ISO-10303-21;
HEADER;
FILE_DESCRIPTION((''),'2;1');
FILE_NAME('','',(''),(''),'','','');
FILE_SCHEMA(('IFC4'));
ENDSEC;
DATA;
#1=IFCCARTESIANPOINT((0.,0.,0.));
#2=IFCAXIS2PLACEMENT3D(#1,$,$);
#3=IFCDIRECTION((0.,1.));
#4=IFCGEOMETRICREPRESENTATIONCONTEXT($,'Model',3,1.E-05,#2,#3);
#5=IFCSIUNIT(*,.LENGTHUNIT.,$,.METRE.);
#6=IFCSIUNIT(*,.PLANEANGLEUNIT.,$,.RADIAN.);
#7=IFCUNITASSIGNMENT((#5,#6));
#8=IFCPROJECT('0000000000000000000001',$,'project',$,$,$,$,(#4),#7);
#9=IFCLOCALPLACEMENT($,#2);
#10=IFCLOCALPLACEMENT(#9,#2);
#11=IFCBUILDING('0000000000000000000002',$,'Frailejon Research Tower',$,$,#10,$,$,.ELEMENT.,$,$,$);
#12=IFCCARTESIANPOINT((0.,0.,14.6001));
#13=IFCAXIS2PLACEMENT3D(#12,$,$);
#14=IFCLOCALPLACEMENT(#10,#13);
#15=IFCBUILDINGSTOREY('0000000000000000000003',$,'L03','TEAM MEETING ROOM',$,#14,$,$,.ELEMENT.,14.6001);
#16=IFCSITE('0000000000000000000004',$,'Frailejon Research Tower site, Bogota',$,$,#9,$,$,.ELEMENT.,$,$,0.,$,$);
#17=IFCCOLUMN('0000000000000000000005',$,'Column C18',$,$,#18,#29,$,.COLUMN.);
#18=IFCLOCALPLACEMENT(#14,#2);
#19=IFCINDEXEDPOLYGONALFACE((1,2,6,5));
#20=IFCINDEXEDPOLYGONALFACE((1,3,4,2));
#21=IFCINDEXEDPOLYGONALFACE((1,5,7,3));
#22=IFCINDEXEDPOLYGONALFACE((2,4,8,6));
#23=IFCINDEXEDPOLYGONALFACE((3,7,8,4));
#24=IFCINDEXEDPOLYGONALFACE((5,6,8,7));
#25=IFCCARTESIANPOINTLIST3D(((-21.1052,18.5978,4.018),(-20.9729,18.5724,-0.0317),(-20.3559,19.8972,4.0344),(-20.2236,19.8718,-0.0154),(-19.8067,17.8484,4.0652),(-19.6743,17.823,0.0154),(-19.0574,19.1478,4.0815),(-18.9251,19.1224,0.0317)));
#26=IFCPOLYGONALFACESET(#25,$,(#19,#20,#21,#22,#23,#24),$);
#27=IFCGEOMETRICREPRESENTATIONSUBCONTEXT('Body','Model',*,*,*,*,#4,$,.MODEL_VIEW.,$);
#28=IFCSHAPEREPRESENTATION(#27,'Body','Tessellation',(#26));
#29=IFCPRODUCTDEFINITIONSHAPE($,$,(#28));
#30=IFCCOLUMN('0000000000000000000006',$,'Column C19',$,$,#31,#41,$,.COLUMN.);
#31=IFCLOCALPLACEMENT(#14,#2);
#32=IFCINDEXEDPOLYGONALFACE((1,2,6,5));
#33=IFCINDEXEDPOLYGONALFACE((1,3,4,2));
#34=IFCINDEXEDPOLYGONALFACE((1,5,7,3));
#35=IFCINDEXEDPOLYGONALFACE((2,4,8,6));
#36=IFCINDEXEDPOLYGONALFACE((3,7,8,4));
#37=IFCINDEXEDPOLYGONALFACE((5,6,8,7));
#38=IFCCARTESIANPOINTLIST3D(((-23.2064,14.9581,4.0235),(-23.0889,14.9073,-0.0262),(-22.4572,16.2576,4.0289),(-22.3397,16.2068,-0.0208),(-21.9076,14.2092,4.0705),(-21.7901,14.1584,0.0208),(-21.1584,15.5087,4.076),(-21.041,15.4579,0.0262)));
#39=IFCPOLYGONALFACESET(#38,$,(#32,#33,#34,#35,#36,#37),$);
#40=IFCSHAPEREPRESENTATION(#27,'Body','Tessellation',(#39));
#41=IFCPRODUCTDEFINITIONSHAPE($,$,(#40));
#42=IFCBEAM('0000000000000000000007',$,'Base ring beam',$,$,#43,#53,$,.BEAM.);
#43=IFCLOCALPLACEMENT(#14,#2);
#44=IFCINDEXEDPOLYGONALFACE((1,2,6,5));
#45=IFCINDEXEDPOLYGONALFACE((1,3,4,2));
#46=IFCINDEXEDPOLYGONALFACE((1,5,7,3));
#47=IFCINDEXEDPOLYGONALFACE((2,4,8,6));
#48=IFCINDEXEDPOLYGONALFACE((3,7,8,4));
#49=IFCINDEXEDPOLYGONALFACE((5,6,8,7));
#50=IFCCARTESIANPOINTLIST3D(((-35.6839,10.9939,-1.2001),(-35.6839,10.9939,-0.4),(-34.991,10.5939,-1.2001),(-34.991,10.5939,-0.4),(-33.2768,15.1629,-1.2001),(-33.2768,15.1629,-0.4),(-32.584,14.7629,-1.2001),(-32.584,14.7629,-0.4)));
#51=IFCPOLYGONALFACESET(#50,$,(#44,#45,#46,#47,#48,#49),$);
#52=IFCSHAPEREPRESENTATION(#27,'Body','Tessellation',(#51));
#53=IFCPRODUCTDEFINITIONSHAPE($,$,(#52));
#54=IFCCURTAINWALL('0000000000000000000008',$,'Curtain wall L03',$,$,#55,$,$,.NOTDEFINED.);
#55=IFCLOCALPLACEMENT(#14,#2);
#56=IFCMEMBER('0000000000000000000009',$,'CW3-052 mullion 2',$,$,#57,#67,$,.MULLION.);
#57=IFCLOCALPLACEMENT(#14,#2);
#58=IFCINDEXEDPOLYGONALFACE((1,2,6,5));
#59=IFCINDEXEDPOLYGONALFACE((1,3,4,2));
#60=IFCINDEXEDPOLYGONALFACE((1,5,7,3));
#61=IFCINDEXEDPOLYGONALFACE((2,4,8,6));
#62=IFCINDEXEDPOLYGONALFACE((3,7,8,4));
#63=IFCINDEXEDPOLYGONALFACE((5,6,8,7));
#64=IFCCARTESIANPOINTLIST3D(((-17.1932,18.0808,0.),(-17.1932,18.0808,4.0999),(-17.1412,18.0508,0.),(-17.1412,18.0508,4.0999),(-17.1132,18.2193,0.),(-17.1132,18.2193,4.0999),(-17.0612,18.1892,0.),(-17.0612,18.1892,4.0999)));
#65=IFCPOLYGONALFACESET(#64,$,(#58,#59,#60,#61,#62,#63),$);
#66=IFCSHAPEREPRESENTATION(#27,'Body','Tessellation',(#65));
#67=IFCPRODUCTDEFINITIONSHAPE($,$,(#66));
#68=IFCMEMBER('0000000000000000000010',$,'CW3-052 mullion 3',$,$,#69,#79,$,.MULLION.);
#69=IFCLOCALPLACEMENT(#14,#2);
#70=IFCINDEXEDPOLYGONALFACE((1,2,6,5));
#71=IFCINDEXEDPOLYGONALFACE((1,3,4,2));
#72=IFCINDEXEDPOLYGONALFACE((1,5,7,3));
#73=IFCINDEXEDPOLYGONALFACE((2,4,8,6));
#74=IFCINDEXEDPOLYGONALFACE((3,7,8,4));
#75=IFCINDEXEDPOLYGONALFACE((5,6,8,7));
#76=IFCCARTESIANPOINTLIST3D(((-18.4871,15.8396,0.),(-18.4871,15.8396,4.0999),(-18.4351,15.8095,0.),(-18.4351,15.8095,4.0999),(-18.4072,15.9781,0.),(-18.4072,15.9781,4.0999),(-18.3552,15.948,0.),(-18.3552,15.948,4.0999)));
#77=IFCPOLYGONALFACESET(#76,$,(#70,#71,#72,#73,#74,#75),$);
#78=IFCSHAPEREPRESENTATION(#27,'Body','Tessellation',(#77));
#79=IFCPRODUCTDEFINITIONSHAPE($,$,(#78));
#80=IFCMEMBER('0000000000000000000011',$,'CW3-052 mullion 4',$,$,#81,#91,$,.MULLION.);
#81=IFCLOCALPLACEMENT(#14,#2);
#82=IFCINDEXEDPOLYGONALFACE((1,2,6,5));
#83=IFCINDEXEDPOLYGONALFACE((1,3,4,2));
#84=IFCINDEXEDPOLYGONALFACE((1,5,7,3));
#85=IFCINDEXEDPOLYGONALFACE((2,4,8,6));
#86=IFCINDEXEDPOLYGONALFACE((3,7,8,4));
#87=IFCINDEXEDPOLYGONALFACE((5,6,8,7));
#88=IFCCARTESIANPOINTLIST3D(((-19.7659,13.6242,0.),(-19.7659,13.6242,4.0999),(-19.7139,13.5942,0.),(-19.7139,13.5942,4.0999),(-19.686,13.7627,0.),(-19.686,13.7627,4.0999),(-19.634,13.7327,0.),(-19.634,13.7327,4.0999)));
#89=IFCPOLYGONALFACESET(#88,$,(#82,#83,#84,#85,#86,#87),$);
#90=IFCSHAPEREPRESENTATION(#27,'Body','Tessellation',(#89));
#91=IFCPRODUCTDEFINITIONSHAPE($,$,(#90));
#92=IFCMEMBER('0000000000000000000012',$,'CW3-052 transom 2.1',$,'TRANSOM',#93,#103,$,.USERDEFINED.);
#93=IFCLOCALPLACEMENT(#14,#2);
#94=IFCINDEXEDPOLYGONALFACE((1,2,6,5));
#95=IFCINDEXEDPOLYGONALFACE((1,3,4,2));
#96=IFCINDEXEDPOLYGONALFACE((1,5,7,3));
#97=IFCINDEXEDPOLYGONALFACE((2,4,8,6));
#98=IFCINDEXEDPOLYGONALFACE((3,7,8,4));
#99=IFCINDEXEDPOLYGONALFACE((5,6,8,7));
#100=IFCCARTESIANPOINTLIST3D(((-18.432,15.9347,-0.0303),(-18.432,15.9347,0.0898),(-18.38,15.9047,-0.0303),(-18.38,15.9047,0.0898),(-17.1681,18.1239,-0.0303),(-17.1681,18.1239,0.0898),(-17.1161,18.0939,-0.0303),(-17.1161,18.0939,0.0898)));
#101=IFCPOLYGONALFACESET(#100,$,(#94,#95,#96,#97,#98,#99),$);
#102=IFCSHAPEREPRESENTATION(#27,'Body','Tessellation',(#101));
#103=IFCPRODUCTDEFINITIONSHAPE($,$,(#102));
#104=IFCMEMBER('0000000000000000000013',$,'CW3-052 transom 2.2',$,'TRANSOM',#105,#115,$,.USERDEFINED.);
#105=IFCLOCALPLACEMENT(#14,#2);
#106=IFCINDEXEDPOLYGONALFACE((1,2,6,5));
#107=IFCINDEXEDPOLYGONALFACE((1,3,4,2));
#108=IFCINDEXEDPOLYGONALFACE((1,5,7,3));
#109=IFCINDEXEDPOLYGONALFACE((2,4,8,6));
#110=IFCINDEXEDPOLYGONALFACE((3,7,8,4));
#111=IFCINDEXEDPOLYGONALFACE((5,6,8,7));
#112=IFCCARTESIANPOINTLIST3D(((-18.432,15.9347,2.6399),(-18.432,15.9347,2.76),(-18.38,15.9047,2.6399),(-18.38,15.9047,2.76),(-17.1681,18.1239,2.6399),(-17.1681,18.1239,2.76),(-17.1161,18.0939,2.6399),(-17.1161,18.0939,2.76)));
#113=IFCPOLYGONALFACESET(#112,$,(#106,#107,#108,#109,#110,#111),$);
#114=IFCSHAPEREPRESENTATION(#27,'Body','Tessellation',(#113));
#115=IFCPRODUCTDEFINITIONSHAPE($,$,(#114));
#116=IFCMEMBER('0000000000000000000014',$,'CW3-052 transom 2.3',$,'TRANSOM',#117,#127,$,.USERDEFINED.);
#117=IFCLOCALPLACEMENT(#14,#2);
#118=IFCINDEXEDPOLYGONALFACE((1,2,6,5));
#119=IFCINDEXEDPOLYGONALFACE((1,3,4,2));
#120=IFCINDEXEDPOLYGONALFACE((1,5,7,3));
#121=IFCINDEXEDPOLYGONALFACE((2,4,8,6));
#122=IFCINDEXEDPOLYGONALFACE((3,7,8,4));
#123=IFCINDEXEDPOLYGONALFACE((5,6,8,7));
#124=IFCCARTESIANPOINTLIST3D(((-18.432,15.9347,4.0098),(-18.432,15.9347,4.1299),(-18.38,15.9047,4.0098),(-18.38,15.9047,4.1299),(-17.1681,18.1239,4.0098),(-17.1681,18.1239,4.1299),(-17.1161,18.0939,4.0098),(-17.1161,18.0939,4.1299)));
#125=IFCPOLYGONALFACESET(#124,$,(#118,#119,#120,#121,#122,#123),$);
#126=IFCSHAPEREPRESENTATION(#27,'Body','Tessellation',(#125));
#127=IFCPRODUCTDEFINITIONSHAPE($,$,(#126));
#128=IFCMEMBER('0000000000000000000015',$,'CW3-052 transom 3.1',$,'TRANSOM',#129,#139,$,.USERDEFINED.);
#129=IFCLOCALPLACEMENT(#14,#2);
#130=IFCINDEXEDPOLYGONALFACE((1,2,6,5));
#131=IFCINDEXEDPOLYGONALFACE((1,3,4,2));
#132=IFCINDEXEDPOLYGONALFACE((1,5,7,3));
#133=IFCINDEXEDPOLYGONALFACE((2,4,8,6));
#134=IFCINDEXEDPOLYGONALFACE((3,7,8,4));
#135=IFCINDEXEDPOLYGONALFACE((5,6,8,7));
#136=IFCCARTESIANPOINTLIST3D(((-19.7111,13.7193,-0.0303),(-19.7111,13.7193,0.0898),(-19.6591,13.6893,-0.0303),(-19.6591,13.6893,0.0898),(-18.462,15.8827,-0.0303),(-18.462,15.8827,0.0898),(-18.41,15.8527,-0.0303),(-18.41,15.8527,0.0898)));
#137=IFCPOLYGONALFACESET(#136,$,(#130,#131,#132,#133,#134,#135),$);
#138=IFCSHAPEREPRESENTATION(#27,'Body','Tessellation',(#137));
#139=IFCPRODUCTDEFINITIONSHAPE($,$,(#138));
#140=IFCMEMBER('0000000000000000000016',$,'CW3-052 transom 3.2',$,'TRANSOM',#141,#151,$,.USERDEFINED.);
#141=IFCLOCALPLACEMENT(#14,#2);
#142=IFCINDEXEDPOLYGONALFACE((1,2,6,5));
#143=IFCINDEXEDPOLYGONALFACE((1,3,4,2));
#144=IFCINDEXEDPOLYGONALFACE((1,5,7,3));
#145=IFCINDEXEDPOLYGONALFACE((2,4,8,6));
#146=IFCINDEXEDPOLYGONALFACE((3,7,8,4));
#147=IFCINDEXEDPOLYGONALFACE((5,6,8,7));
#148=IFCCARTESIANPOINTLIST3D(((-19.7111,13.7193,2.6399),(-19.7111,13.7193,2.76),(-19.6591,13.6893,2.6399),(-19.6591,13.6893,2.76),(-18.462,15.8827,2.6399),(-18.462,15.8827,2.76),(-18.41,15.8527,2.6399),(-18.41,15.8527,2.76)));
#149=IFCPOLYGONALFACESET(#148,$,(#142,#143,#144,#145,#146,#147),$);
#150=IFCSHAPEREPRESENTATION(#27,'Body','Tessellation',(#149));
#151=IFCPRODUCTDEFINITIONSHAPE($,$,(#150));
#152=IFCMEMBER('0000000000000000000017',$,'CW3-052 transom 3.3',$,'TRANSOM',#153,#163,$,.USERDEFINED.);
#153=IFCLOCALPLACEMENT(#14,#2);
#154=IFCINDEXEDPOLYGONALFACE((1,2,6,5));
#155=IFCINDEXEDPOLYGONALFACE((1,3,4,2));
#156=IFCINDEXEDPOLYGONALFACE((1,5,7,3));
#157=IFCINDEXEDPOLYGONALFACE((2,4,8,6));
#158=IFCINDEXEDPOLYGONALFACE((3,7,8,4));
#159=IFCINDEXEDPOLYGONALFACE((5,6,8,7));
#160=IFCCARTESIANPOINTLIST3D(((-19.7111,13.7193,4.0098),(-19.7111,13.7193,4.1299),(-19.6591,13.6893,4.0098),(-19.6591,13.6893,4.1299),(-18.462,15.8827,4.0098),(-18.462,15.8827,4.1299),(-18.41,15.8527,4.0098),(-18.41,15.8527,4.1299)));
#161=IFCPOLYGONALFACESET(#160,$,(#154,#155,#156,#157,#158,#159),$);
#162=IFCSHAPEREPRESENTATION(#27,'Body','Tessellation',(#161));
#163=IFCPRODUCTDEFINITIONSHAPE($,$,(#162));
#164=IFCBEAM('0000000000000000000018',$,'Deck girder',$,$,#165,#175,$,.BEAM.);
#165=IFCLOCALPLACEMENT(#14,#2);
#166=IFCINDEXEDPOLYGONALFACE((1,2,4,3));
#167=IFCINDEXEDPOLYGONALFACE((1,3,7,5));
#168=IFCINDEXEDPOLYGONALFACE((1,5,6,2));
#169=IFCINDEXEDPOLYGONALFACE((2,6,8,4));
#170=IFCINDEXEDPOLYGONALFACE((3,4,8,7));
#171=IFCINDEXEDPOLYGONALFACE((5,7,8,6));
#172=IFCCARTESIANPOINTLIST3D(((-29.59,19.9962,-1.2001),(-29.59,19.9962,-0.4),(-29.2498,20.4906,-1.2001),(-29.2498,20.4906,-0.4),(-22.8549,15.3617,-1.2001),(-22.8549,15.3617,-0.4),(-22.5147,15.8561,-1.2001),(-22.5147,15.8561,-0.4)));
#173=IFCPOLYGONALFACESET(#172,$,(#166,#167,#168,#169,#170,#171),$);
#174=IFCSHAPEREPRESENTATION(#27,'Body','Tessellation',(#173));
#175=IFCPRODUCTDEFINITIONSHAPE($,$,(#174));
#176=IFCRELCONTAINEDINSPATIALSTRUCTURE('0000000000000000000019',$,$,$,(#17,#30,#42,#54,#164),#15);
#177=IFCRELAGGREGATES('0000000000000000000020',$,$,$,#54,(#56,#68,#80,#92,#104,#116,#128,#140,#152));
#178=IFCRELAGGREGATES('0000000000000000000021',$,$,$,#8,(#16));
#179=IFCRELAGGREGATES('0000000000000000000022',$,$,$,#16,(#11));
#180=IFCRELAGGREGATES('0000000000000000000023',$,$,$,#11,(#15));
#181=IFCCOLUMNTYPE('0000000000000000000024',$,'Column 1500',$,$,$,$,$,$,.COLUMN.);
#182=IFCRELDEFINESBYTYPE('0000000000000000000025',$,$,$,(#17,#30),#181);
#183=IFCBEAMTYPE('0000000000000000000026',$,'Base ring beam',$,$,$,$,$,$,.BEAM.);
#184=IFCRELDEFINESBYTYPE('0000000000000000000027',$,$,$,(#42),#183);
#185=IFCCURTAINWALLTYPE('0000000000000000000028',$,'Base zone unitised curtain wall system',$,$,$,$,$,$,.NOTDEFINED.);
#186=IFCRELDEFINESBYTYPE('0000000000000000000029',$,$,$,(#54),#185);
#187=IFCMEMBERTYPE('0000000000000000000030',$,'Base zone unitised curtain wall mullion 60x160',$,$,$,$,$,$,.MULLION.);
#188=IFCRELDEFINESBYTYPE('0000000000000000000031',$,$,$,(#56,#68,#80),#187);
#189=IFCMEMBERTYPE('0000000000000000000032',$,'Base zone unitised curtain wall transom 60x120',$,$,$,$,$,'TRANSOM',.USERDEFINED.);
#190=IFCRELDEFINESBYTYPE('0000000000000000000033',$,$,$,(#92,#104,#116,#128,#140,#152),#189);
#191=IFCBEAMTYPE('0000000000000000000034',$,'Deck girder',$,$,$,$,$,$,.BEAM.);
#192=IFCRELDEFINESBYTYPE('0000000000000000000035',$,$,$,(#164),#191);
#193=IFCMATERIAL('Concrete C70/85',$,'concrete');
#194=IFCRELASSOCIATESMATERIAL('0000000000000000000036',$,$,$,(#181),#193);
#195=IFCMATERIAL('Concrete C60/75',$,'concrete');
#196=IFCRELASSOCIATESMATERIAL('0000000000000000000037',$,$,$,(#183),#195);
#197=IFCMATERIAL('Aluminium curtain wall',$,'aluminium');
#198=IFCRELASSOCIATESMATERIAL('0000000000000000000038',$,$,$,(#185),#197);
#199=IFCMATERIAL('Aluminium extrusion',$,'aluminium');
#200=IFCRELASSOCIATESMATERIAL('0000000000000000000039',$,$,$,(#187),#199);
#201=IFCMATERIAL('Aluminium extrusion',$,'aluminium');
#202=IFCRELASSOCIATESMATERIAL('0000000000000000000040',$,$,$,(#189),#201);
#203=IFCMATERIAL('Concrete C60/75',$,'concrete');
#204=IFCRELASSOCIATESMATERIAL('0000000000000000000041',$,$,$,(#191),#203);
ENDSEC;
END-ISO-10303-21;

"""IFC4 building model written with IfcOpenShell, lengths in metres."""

from ifc_helpers import new_model, si_unit, direction, frame, origin, origin_2d, place, context, subcontext, project, spatial, rectangle, extrude, material, material_profile, profile_set, type_object, element, aggregate, save


model = new_model("IFC4")

# Units and contexts
model_context = context("Model", 3, precision=1e-05, world=origin(), true_north=direction((0.0, 1.0)))
body_context = subcontext(model_context, "Body", "Model", "MODEL_VIEW")
ifc_project = project(units=[si_unit("LENGTHUNIT", "METRE"), si_unit("PLANEANGLEUNIT", "RADIAN")], contexts=[model_context])

# Site, building, storey
site_placement = place(None, origin())
site = spatial("IfcSite", under=ifc_project, at=site_placement, Name="Frailejon Research Tower site, Bogota", CompositionType="ELEMENT", RefElevation=0.0)
building_placement = place(site_placement, origin())
building = spatial("IfcBuilding", under=site, at=building_placement, Name="Frailejon Research Tower", CompositionType="ELEMENT")
storey_placement = place(building_placement, frame((0.0, 0.0, 14.6001)))
storey = spatial("IfcBuildingStorey", under=building, at=storey_placement, Name="L03", Description="TEAM MEETING ROOM", CompositionType="ELEMENT", Elevation=14.6001)

# Columns
ifc_material_1 = material(Name="Concrete C70/85", Category="concrete")
ifc_material_profile_1 = material_profile(ifc_material_1, rectangle(XDim=1.5, YDim=1.5, at=origin_2d()), Name="Column 1500")
ifc_profile_set_1 = profile_set([ifc_material_profile_1], Name="Concrete C70/85")
column_type = type_object("IfcColumnType", Name="Column 1500", PredefinedType="COLUMN", material=ifc_profile_set_1)
column_1_placement = place(storey_placement, frame((-19.949, 18.8474, 0.0), z_axis=(-0.032656, 0.006266, 0.999447), x_axis=(-0.49952, -0.866234, -0.01089)))
element("IfcColumn", 1, at=column_1_placement, inside=storey, type_object=column_type, Name="Column C18", PredefinedType="COLUMN", context=body_context, shape_type="SweptSolid", body=[
    extrude(rectangle(XDim=1.5, YDim=1.5, at=origin_2d()), origin(), (0.0, 0.0, 1.0), 4.052),
])
column_2_placement = place(storey_placement, frame((-22.0649, 15.1826, 0.0), z_axis=(-0.028982, 0.012533, 0.999501), x_axis=(-0.49945, -0.866335, -0.003619)))
element("IfcColumn", 2, at=column_2_placement, inside=storey, type_object=column_type, Name="Column C19", PredefinedType="COLUMN", context=body_context, shape_type="SweptSolid", body=[
    extrude(rectangle(XDim=1.5, YDim=1.5, at=origin_2d()), origin(), (0.0, 0.0, 1.0), 4.0518),
])

# Beam
ifc_material_2 = material(Name="Concrete C60/75", Category="concrete")
ifc_material_profile_2 = material_profile(ifc_material_2, rectangle(XDim=0.8, YDim=0.8, at=origin_2d()), Name="Base ring beam")
ifc_profile_set_2 = profile_set([ifc_material_profile_2], Name="Concrete C60/75")
beam_type_1 = type_object("IfcBeamType", Name="Base ring beam", PredefinedType="BEAM", material=ifc_profile_set_2)
beam_1_placement = place(storey_placement, frame((-32.9304, 14.9629, -0.8), z_axis=(-0.500006, -0.866022, 0.0), x_axis=(0.866022, -0.500006, 0.0)))
element("IfcBeam", 3, at=beam_1_placement, inside=storey, type_object=beam_type_1, Name="Base ring beam", PredefinedType="BEAM", context=body_context, shape_type="SweptSolid", body=[
    extrude(rectangle(XDim=0.8, YDim=0.8, at=origin_2d()), origin(), (0.0, 0.0, 1.0), 4.814),
])

# Curtain wall, members
ifc_material_3 = material(Name="Aluminium curtain wall", Category="aluminium")
curtain_wall_type = type_object("IfcCurtainWallType", Name="Base zone unitised curtain wall system", PredefinedType="NOTDEFINED", material=ifc_material_3)
curtain_wall_placement = place(storey_placement, origin())
curtain_wall = element("IfcCurtainWall", 4, at=curtain_wall_placement, inside=storey, type_object=curtain_wall_type, Name="Curtain wall L03", PredefinedType="NOTDEFINED")
ifc_material_4 = material(Name="Aluminium extrusion", Category="aluminium")
ifc_material_profile_3 = material_profile(ifc_material_4, rectangle(XDim=0.0601, YDim=0.1599, at=origin_2d()), Name="Base zone unitised curtain wall mullion 60x160")
ifc_profile_set_3 = profile_set([ifc_material_profile_3], Name="Aluminium extrusion")
member_type_1 = type_object("IfcMemberType", Name="Base zone unitised curtain wall mullion 60x160", PredefinedType="MULLION", material=ifc_profile_set_3)
member_1_placement = place(storey_placement, frame((-17.1272, 18.135, 0.0), z_axis=(0.0, 0.0, 1.0), x_axis=(0.866029, -0.499993, 0.0)))
member_1 = element("IfcMember", 5, at=member_1_placement, type_object=member_type_1, Name="CW3-052 mullion 2", PredefinedType="MULLION", context=body_context, shape_type="SweptSolid", body=[
    extrude(rectangle(XDim=0.0601, YDim=0.1599, at=origin_2d()), origin(), (0.0, 0.0, 1.0), 4.0999),
])
member_2_placement = place(storey_placement, frame((-18.4211, 15.8938, 0.0), z_axis=(0.0, 0.0, 1.0), x_axis=(0.866029, -0.499993, 0.0)))
member_2 = element("IfcMember", 6, at=member_2_placement, type_object=member_type_1, Name="CW3-052 mullion 3", PredefinedType="MULLION", context=body_context, shape_type="SweptSolid", body=[
    extrude(rectangle(XDim=0.0601, YDim=0.1599, at=origin_2d()), origin(), (0.0, 0.0, 1.0), 4.0999),
])
member_3_placement = place(storey_placement, frame((-19.7, 13.6785, 0.0), z_axis=(0.0, 0.0, 1.0), x_axis=(0.866029, -0.499993, 0.0)))
member_3 = element("IfcMember", 7, at=member_3_placement, type_object=member_type_1, Name="CW3-052 mullion 4", PredefinedType="MULLION", context=body_context, shape_type="SweptSolid", body=[
    extrude(rectangle(XDim=0.0601, YDim=0.1599, at=origin_2d()), origin(), (0.0, 0.0, 1.0), 4.0999),
])
ifc_material_5 = material(Name="Aluminium extrusion", Category="aluminium")
ifc_material_profile_4 = material_profile(ifc_material_5, rectangle(XDim=0.0601, YDim=0.1201, at=origin_2d()), Name="Base zone unitised curtain wall transom 60x120")
ifc_profile_set_4 = profile_set([ifc_material_profile_4], Name="Aluminium extrusion")
member_type_2 = type_object("IfcMemberType", Name="Base zone unitised curtain wall transom 60x120", ElementType="TRANSOM", PredefinedType="USERDEFINED", material=ifc_profile_set_4)
member_4_placement = place(storey_placement, frame((-17.1421, 18.1089, 0.0298), z_axis=(-0.499993, -0.86603, 0.0), x_axis=(0.86603, -0.499993, 0.0)))
member_4 = element("IfcMember", 8, at=member_4_placement, type_object=member_type_2, Name="CW3-052 transom 2.1", ObjectType="TRANSOM", PredefinedType="USERDEFINED", context=body_context, shape_type="SweptSolid", body=[
    extrude(rectangle(XDim=0.0601, YDim=0.1201, at=origin_2d()), origin(), (0.0, 0.0, 1.0), 2.5278),
])
member_5_placement = place(storey_placement, frame((-17.1421, 18.1089, 2.7), z_axis=(-0.499993, -0.86603, 0.0), x_axis=(0.86603, -0.499993, 0.0)))
member_5 = element("IfcMember", 9, at=member_5_placement, type_object=member_type_2, Name="CW3-052 transom 2.2", ObjectType="TRANSOM", PredefinedType="USERDEFINED", context=body_context, shape_type="SweptSolid", body=[
    extrude(rectangle(XDim=0.0601, YDim=0.1201, at=origin_2d()), origin(), (0.0, 0.0, 1.0), 2.5278),
])
member_6_placement = place(storey_placement, frame((-17.1421, 18.1089, 4.0698), z_axis=(-0.499993, -0.86603, 0.0), x_axis=(0.86603, -0.499993, 0.0)))
member_6 = element("IfcMember", 10, at=member_6_placement, type_object=member_type_2, Name="CW3-052 transom 2.3", ObjectType="TRANSOM", PredefinedType="USERDEFINED", context=body_context, shape_type="SweptSolid", body=[
    extrude(rectangle(XDim=0.0601, YDim=0.1201, at=origin_2d()), origin(), (0.0, 0.0, 1.0), 2.5278),
])
member_7_placement = place(storey_placement, frame((-18.436, 15.8677, 0.0298), z_axis=(-0.500007, -0.866021, 0.0), x_axis=(0.866021, -0.500007, 0.0)))
member_7 = element("IfcMember", 11, at=member_7_placement, type_object=member_type_2, Name="CW3-052 transom 3.1", ObjectType="TRANSOM", PredefinedType="USERDEFINED", context=body_context, shape_type="SweptSolid", body=[
    extrude(rectangle(XDim=0.0601, YDim=0.1201, at=origin_2d()), origin(), (0.0, 0.0, 1.0), 2.498),
])
member_8_placement = place(storey_placement, frame((-18.436, 15.8677, 2.7), z_axis=(-0.500007, -0.866021, 0.0), x_axis=(0.866021, -0.500007, 0.0)))
member_8 = element("IfcMember", 12, at=member_8_placement, type_object=member_type_2, Name="CW3-052 transom 3.2", ObjectType="TRANSOM", PredefinedType="USERDEFINED", context=body_context, shape_type="SweptSolid", body=[
    extrude(rectangle(XDim=0.0601, YDim=0.1201, at=origin_2d()), origin(), (0.0, 0.0, 1.0), 2.498),
])
member_9_placement = place(storey_placement, frame((-18.436, 15.8677, 4.0698), z_axis=(-0.500007, -0.866021, 0.0), x_axis=(0.866021, -0.500007, 0.0)))
member_9 = element("IfcMember", 13, at=member_9_placement, type_object=member_type_2, Name="CW3-052 transom 3.3", ObjectType="TRANSOM", PredefinedType="USERDEFINED", context=body_context, shape_type="SweptSolid", body=[
    extrude(rectangle(XDim=0.0601, YDim=0.1201, at=origin_2d()), origin(), (0.0, 0.0, 1.0), 2.498),
])

# Beam
ifc_material_6 = material(Name="Concrete C60/75", Category="concrete")
ifc_material_profile_5 = material_profile(ifc_material_6, rectangle(XDim=0.6001, YDim=0.8, at=origin_2d()), Name="Deck girder")
ifc_profile_set_5 = profile_set([ifc_material_profile_5], Name="Concrete C60/75")
beam_type_2 = type_object("IfcBeamType", Name="Deck girder", PredefinedType="BEAM", material=ifc_profile_set_5)
beam_2_placement = place(storey_placement, frame((-22.6848, 15.6089, -0.8), z_axis=(-0.823806, 0.566872, 0.0), x_axis=(-0.566872, -0.823806, 0.0)))
element("IfcBeam", 14, at=beam_2_placement, inside=storey, type_object=beam_type_2, Name="Deck girder", PredefinedType="BEAM", context=body_context, shape_type="SweptSolid", body=[
    extrude(rectangle(XDim=0.6001, YDim=0.8, at=origin_2d()), origin(), (0.0, 0.0, 1.0), 8.1755),
])

aggregate(curtain_wall, [member_1, member_2, member_3, member_4, member_5, member_6, member_7, member_8, member_9])

save(model, "model.ifc")
